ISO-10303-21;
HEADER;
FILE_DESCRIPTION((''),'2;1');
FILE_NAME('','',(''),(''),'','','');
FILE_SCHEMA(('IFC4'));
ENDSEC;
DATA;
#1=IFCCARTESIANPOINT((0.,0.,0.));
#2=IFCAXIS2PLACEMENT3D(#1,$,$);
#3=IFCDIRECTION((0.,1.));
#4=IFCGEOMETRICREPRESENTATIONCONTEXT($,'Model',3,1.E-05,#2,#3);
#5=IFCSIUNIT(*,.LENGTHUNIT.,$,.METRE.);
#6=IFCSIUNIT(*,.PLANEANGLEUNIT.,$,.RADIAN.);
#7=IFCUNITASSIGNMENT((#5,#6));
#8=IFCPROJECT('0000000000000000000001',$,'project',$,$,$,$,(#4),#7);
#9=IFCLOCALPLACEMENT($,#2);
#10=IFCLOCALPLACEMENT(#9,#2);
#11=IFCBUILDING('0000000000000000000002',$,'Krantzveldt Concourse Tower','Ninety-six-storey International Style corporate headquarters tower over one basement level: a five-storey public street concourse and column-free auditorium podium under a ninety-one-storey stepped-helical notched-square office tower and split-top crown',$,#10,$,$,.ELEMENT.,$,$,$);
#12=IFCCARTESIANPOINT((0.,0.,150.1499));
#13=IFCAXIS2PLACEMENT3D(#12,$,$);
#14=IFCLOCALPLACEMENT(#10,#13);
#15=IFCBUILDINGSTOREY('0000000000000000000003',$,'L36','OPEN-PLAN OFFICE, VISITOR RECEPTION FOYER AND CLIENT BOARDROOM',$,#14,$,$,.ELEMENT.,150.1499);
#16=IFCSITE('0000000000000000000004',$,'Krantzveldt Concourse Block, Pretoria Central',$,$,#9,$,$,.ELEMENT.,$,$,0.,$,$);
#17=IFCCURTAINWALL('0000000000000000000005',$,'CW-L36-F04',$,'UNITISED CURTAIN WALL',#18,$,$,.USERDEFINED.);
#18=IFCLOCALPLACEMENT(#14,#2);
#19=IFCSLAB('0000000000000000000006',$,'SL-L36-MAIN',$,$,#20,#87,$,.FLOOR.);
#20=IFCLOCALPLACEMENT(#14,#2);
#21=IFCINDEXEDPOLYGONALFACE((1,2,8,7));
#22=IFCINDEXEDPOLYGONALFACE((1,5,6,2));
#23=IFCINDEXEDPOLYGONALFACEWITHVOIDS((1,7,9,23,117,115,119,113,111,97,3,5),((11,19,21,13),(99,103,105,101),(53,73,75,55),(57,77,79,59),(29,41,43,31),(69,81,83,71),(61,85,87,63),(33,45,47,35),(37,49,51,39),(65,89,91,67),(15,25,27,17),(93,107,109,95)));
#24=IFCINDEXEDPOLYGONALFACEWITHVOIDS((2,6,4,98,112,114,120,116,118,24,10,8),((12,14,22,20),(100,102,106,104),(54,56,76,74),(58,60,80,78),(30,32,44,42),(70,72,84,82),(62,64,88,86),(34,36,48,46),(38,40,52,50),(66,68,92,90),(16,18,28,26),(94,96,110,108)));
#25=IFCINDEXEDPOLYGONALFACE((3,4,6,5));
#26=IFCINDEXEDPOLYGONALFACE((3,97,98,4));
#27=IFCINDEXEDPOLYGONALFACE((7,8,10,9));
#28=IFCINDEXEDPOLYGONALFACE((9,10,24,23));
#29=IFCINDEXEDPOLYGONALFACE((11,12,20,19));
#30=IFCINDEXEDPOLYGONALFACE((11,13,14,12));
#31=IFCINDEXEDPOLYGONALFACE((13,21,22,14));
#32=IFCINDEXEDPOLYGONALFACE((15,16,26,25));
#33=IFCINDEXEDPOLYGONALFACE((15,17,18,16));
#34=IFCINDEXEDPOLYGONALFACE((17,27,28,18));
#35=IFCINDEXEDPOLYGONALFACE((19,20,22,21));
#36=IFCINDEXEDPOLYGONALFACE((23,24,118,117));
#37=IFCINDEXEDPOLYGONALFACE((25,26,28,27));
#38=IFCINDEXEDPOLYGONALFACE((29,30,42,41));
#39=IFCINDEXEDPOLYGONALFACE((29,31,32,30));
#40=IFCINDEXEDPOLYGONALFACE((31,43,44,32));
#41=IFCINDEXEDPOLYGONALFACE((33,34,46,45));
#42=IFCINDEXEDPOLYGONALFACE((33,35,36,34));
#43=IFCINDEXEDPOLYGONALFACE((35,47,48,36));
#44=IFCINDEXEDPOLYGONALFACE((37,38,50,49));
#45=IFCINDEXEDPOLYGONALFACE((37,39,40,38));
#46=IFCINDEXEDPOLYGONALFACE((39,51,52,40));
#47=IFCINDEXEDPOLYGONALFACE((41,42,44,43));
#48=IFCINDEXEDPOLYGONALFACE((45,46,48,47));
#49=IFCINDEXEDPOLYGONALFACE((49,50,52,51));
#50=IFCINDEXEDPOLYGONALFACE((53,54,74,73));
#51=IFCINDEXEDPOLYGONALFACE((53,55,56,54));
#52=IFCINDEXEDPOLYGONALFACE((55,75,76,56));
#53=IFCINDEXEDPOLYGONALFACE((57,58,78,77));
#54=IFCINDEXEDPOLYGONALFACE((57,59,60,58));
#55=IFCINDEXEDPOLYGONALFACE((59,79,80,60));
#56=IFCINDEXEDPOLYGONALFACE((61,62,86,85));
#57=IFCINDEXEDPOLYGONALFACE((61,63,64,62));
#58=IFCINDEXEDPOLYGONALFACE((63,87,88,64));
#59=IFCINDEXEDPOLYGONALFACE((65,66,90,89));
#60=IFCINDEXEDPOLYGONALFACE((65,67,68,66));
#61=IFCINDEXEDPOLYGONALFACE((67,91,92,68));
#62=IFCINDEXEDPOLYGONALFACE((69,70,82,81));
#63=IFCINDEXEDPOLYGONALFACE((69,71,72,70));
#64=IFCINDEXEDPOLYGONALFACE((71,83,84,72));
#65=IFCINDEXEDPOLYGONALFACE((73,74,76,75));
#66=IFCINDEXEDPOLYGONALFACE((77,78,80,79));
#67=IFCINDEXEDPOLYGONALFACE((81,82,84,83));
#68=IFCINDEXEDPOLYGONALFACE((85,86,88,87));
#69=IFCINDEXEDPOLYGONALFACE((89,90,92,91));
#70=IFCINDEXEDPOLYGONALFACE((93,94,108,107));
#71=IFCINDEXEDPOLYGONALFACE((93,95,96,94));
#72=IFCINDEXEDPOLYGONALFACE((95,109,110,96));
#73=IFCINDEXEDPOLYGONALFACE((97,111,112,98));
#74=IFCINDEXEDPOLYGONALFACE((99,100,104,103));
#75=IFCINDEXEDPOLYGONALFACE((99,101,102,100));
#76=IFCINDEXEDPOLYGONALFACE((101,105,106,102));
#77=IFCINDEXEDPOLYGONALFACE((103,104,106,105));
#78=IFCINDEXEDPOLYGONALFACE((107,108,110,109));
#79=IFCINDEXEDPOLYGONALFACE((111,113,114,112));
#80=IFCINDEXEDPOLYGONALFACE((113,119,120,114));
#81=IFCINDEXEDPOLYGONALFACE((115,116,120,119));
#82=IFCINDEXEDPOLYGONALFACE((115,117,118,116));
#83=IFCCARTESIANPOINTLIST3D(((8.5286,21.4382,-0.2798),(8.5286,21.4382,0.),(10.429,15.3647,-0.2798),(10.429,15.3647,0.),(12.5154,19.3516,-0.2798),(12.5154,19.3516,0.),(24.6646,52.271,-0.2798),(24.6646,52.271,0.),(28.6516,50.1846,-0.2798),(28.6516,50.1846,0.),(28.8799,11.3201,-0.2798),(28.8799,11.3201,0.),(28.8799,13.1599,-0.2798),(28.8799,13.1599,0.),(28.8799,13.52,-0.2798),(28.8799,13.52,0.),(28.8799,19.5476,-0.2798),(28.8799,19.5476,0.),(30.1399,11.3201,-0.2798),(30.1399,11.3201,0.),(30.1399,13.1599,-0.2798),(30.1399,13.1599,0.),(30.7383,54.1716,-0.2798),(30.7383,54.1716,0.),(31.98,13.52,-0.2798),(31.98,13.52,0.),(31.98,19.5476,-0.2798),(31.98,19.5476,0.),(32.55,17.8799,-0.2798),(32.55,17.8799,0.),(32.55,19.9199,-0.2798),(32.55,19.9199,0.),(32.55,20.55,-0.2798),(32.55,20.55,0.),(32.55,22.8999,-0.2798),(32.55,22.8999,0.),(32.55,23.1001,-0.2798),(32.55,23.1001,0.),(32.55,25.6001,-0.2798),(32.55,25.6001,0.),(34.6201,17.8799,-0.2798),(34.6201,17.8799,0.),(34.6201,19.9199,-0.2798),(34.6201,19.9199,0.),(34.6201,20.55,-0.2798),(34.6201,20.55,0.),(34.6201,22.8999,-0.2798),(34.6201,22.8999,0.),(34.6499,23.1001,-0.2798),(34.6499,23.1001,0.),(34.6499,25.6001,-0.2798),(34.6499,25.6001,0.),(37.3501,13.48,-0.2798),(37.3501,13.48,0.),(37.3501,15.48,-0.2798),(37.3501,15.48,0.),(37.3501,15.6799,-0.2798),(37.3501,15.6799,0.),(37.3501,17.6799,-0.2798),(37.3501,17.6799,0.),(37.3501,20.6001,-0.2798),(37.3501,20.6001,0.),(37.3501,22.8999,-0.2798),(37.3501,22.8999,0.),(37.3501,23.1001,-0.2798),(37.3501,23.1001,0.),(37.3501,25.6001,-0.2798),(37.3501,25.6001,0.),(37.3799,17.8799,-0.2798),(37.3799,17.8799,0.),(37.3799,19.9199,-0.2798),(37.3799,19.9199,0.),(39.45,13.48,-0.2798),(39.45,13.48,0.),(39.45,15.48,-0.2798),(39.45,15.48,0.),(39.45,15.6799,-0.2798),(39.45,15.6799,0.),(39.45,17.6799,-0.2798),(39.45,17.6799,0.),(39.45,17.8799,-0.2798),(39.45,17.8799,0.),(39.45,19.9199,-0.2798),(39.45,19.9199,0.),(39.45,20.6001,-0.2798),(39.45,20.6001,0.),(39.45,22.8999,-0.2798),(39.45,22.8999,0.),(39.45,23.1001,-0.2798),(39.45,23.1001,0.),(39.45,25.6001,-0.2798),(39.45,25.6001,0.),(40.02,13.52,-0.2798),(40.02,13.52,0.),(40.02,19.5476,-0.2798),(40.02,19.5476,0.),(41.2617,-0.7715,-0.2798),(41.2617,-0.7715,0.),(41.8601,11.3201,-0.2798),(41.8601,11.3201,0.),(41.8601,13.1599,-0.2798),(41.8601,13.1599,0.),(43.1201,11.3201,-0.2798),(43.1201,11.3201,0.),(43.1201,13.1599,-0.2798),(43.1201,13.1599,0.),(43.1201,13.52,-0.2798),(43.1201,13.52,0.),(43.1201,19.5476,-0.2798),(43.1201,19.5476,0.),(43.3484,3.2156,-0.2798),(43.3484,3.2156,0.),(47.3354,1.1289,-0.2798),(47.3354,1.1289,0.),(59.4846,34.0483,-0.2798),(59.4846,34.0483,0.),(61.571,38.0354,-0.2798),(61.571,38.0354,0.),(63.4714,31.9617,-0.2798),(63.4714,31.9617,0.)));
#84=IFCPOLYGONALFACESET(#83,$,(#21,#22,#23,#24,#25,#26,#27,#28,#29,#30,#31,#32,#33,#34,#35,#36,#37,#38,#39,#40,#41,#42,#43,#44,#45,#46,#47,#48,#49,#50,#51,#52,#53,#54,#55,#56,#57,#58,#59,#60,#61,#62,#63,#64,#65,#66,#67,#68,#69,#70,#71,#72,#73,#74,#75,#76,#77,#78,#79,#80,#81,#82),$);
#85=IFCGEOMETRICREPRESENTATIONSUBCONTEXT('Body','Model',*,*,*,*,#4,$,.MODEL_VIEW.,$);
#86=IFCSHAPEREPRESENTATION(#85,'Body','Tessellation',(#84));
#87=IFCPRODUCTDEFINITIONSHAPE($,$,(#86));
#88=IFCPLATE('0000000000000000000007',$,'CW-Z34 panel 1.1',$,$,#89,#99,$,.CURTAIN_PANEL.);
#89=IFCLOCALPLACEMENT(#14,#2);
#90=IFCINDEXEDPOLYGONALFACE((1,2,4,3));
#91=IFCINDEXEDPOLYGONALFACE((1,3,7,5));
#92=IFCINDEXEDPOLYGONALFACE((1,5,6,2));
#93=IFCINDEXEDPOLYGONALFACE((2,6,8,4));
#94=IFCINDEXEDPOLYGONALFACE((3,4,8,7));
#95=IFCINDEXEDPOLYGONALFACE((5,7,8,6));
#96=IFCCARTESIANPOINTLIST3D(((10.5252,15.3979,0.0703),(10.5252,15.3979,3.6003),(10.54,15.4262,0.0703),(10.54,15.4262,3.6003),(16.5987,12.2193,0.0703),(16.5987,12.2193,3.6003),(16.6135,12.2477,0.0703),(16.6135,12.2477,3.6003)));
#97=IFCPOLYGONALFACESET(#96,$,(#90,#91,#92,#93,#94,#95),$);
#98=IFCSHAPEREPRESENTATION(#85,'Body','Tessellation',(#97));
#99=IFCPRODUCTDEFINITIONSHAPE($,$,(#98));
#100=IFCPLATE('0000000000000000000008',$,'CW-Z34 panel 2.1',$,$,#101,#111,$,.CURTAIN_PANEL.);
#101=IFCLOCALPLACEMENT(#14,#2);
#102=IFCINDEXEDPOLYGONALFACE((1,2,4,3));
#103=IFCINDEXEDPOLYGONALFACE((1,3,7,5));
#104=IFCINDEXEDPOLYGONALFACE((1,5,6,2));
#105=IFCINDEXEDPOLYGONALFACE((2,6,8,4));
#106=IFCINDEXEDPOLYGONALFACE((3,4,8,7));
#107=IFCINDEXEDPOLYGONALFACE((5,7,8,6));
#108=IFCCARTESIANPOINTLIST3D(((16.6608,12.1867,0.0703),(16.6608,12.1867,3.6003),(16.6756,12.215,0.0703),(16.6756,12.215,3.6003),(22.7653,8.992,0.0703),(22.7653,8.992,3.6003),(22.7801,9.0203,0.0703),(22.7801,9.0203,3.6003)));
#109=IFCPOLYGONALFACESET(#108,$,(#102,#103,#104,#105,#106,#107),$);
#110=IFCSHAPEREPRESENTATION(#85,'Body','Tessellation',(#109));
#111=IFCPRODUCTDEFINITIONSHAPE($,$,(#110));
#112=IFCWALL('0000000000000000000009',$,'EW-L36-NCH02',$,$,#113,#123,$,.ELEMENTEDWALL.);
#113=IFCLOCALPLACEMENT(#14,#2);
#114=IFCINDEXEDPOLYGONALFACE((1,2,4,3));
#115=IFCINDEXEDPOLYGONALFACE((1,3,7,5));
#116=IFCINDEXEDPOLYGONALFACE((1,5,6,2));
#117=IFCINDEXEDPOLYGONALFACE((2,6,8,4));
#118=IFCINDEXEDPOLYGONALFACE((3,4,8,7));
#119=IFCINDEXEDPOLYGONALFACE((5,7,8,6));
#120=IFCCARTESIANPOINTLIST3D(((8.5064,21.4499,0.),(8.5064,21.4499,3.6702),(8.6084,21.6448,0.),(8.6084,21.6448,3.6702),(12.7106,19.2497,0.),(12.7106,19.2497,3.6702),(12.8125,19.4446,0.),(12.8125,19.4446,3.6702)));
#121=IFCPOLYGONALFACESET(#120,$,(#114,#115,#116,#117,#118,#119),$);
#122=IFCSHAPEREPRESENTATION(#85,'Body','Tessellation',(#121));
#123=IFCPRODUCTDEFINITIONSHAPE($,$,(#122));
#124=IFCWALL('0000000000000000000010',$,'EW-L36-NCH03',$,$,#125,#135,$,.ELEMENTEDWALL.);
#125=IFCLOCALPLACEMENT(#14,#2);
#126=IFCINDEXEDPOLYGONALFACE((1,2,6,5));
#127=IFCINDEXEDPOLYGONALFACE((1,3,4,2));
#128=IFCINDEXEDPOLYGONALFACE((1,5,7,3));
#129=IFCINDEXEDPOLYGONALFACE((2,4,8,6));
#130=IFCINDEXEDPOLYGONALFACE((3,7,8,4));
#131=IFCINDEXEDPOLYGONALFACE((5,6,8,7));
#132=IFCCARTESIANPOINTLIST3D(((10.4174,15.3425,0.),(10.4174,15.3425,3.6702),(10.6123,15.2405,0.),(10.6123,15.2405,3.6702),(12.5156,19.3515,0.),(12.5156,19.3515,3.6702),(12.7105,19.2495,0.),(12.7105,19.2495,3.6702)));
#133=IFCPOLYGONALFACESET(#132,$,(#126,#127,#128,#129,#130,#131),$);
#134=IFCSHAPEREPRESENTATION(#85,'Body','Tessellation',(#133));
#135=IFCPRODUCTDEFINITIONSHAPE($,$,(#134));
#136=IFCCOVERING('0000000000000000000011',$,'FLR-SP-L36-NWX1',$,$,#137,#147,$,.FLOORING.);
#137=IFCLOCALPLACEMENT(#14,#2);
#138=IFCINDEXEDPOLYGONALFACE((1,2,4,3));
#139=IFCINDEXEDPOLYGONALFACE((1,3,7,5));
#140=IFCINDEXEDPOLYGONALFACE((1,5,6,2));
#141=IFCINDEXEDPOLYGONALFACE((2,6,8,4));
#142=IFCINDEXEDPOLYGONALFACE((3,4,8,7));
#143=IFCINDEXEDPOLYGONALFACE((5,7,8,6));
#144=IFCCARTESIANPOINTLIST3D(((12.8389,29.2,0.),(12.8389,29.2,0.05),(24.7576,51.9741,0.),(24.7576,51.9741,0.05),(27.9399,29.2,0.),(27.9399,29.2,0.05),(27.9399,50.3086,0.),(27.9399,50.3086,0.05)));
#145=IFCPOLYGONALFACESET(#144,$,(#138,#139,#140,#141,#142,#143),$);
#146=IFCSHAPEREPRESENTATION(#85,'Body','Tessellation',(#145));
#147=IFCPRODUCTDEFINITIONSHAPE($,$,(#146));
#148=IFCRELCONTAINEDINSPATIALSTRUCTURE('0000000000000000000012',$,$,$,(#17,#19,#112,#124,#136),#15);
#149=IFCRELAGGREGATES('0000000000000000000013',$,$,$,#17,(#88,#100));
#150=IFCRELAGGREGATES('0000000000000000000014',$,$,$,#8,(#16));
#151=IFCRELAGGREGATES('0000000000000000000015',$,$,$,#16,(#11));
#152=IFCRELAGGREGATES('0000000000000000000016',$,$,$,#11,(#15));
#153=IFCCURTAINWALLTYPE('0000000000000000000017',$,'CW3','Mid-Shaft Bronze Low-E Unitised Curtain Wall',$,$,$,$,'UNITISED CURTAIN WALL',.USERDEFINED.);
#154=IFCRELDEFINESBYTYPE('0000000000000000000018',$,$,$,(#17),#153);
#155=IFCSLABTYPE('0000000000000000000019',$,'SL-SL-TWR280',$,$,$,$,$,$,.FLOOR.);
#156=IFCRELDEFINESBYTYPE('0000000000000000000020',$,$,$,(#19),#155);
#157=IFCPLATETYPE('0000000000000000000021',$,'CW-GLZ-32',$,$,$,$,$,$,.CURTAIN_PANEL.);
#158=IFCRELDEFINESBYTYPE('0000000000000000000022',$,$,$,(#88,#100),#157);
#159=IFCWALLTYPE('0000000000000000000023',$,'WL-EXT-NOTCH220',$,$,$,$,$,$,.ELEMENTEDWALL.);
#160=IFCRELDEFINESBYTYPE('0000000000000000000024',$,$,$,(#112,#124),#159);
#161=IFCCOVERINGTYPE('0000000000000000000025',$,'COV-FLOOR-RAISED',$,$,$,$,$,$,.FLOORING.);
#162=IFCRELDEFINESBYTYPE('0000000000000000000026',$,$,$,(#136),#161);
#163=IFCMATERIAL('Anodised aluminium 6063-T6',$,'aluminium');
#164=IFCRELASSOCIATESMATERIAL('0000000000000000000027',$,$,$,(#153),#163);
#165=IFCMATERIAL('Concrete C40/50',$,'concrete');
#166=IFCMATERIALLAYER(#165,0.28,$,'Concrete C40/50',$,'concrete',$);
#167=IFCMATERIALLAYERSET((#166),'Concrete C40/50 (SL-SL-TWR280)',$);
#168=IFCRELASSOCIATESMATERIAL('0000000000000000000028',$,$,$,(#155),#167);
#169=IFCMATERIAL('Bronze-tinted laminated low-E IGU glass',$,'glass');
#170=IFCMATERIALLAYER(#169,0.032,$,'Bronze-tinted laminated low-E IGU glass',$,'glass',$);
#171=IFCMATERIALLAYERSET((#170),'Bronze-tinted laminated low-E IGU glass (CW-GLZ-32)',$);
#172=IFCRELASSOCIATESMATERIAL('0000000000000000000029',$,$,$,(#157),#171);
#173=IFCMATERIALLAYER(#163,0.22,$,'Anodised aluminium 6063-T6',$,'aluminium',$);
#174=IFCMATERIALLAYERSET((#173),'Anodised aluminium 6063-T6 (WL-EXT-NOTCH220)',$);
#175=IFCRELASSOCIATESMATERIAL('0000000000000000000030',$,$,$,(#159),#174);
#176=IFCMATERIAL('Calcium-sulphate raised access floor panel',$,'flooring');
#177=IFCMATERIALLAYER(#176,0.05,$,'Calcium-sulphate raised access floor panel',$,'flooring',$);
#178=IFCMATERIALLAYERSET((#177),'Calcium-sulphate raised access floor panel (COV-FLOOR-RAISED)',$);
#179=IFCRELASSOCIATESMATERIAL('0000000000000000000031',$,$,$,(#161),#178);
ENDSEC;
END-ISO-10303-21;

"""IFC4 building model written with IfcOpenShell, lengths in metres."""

from ifc_helpers import new_model, si_unit, direction, frame, frame_2d, origin, origin_2d, place, context, subcontext, project, spatial, polyline, rectangle, outline, extrude, source, transform, mapped, material, layer, layer_set, type_object, type_shapes, element, aggregate, save


model = new_model("IFC4")

# Units and contexts
model_context = context("Model", 3, precision=1e-05, world=origin(), true_north=direction((0.0, 1.0)))
body_context = subcontext(model_context, "Body", "Model", "MODEL_VIEW")
ifc_project = project(units=[si_unit("LENGTHUNIT", "METRE"), si_unit("PLANEANGLEUNIT", "RADIAN")], contexts=[model_context])

# Site, building, storey
site_placement = place(None, origin())
site = spatial("IfcSite", under=ifc_project, at=site_placement, Name="Krantzveldt Concourse Block, Pretoria Central", CompositionType="ELEMENT", RefElevation=0.0)
building_placement = place(site_placement, origin())
building = spatial("IfcBuilding", under=site, at=building_placement, Name="Krantzveldt Concourse Tower", Description="Ninety-six-storey International Style corporate headquarters tower over one basement level: a five-storey public street concourse and column-free auditorium podium under a ninety-one-storey stepped-helical notched-square office tower and split-top crown", CompositionType="ELEMENT")
storey_placement = place(building_placement, frame((0.0, 0.0, 150.1499)))
storey = spatial("IfcBuildingStorey", under=building, at=storey_placement, Name="L36", Description="OPEN-PLAN OFFICE, VISITOR RECEPTION FOYER AND CLIENT BOARDROOM", CompositionType="ELEMENT", Elevation=150.1499)

# Shared definitions
ifc_material_1 = material(Name="Anodised aluminium 6063-T6", Category="aluminium")
curtain_wall_type = type_object("IfcCurtainWallType", Name="CW3", Description="Mid-Shaft Bronze Low-E Unitised Curtain Wall", ElementType="UNITISED CURTAIN WALL", PredefinedType="USERDEFINED", material=ifc_material_1)

# Curtain wall
curtain_wall_1_placement = place(storey_placement, origin())
curtain_wall_1 = element("IfcCurtainWall", 1, at=curtain_wall_1_placement, inside=storey, type_object=curtain_wall_type, Name="CW-L36-F04", ObjectType="UNITISED CURTAIN WALL", PredefinedType="USERDEFINED")

# Slab
ifc_material_2 = material(Name="Concrete C40/50", Category="concrete")
ifc_layer_1 = layer(ifc_material_2, 0.28, Name="Concrete C40/50", Category="concrete")
ifc_layer_set_1 = layer_set([ifc_layer_1], Name="Concrete C40/50 (SL-SL-TWR280)")
slab_type_1 = type_object("IfcSlabType", Name="SL-SL-TWR280", PredefinedType="FLOOR", material=ifc_layer_set_1)
slab_1_placement = place(storey_placement, frame((0.0, 0.0, -0.2798)))
element("IfcSlab", 2, at=slab_1_placement, inside=storey, type_object=slab_type_1, Name="SL-L36-MAIN", PredefinedType="FLOOR", context=body_context, shape_type="SweptSolid", body=[
    extrude(outline(polyline([(28.6516, 50.1846), (24.6646, 52.271), (8.5286, 21.4382), (12.5154, 19.3516), (10.429, 15.3647), (41.2617, -0.7715), (43.3484, 3.2156), (47.3354, 1.1289), (63.4714, 31.9617), (59.4846, 34.0483), (61.571, 38.0354), (30.7383, 54.1716), (28.6516, 50.1846)]), holes=[polyline([(28.8799, 19.5476), (28.8799, 13.52), (31.98, 13.52), (31.98, 19.5476), (28.8799, 19.5476)]), polyline([(40.02, 19.5476), (40.02, 13.52), (43.1201, 13.52), (43.1201, 19.5476), (40.02, 19.5476)]), polyline([(32.55, 23.1001), (34.6499, 23.1001), (34.6499, 25.6001), (32.55, 25.6001), (32.55, 23.1001)]), polyline([(37.3501, 23.1001), (39.45, 23.1001), (39.45, 25.6001), (37.3501, 25.6001), (37.3501, 23.1001)]), polyline([(37.3501, 20.6001), (39.45, 20.6001), (39.45, 22.8999), (37.3501, 22.8999), (37.3501, 20.6001)]), polyline([(37.3501, 13.48), (39.45, 13.48), (39.45, 15.48), (37.3501, 15.48), (37.3501, 13.48)]), polyline([(37.3501, 15.6799), (39.45, 15.6799), (39.45, 17.6799), (37.3501, 17.6799), (37.3501, 15.6799)]), polyline([(32.55, 20.55), (34.6201, 20.55), (34.6201, 22.8999), (32.55, 22.8999), (32.55, 20.55)]), polyline([(32.55, 17.8799), (34.6201, 17.8799), (34.6201, 19.9199), (32.55, 19.9199), (32.55, 17.8799)]), polyline([(37.3799, 17.8799), (39.45, 17.8799), (39.45, 19.9199), (37.3799, 19.9199), (37.3799, 17.8799)]), polyline([(28.8799, 11.3201), (30.1399, 11.3201), (30.1399, 13.1599), (28.8799, 13.1599), (28.8799, 11.3201)]), polyline([(41.8601, 11.3201), (43.1201, 11.3201), (43.1201, 13.1599), (41.8601, 13.1599), (41.8601, 11.3201)])]), origin(), (0.0, 0.0, 1.0), 0.2798),
])

# Plates
ifc_material_3 = material(Name="Bronze-tinted laminated low-E IGU glass", Category="glass")
ifc_layer_2 = layer(ifc_material_3, 0.032, Name="Bronze-tinted laminated low-E IGU glass", Category="glass")
ifc_layer_set_2 = layer_set([ifc_layer_2], Name="Bronze-tinted laminated low-E IGU glass (CW-GLZ-32)")
plate_type = type_object("IfcPlateType", Name="CW-GLZ-32", PredefinedType="CURTAIN_PANEL", material=ifc_layer_set_2)
shared_shape_1 = source(origin(), body_context, "Body", "SweptSolid", [
    extrude(rectangle(XDim=6.855, YDim=0.032, at=origin_2d()), origin(), (0.0, 0.0, 1.0), 3.53),
])
plate_1_placement = place(storey_placement, frame((13.5693, 13.8228, 0.0703), z_axis=(0.0, 0.0, 1.0), x_axis=(0.886001, -0.463683, 0.0)))
plate_1 = element("IfcPlate", 3, at=plate_1_placement, type_object=plate_type, Name="CW-Z34 panel 1.1", PredefinedType="CURTAIN_PANEL", context=body_context, shape_type="MappedRepresentation", body=[
    mapped(shared_shape_1, transform((0.0, 0.0, 0.0), x_axis=(1.0, 0.0, 0.0), y_axis=(0.0, 1.0, 0.0), z_axis=(0.0, 0.0, 1.0), scale=1.0)),
])
shared_shape_2 = source(origin(), body_context, "Body", "SweptSolid", [
    extrude(rectangle(XDim=6.8899, YDim=0.032, at=origin_2d()), origin(), (0.0, 0.0, 1.0), 3.53),
])
type_shapes(plate_type, [shared_shape_1, shared_shape_2])
plate_2_placement = place(storey_placement, frame((19.7205, 10.6035, 0.0703), z_axis=(0.0, 0.0, 1.0), x_axis=(0.886001, -0.463683, 0.0)))
plate_2 = element("IfcPlate", 4, at=plate_2_placement, type_object=plate_type, Name="CW-Z34 panel 2.1", PredefinedType="CURTAIN_PANEL", context=body_context, shape_type="MappedRepresentation", body=[
    mapped(shared_shape_2, transform((0.0, 0.0, 0.0), x_axis=(1.0, 0.0, 0.0), y_axis=(0.0, 1.0, 0.0), z_axis=(0.0, 0.0, 1.0), scale=1.0)),
])
aggregate(curtain_wall_1, [plate_1, plate_2])

# Walls
ifc_layer_3 = layer(ifc_material_1, 0.22, Name="Anodised aluminium 6063-T6", Category="aluminium")
ifc_layer_set_3 = layer_set([ifc_layer_3], Name="Anodised aluminium 6063-T6 (WL-EXT-NOTCH220)")
wall_type = type_object("IfcWallType", Name="WL-EXT-NOTCH220", PredefinedType="ELEMENTEDWALL", material=ifc_layer_set_3)
wall_1_placement = place(storey_placement, frame((8.5574, 21.5474, 0.0), z_axis=(0.0, 0.0, 1.0), x_axis=(0.886001, -0.463684, 0.0)))
element("IfcWall", 5, at=wall_1_placement, inside=storey, type_object=wall_type, Name="EW-L36-NCH02", PredefinedType="ELEMENTEDWALL", context=body_context, shape_type="SweptSolid", body=[
    extrude(rectangle(XDim=4.7451, YDim=0.22, at=frame_2d((2.3726, 0.0))), origin(), (0.0, 0.0, 1.0), 3.6702),
])
wall_2_placement = place(storey_placement, frame((12.613, 19.3005, 0.0), z_axis=(0.0, 0.0, 1.0), x_axis=(-0.46369, -0.885997, 0.0)))
element("IfcWall", 6, at=wall_2_placement, inside=storey, type_object=wall_type, Name="EW-L36-NCH03", PredefinedType="ELEMENTEDWALL", context=body_context, shape_type="SweptSolid", body=[
    extrude(rectangle(XDim=4.5249, YDim=0.22, at=frame_2d((2.2625, 0.0))), origin(), (0.0, 0.0, 1.0), 3.6702),
])

# Covering
ifc_material_4 = material(Name="Calcium-sulphate raised access floor panel", Category="flooring")
ifc_layer_4 = layer(ifc_material_4, 0.05, Name="Calcium-sulphate raised access floor panel", Category="flooring")
ifc_layer_set_4 = layer_set([ifc_layer_4], Name="Calcium-sulphate raised access floor panel (COV-FLOOR-RAISED)")
covering_type = type_object("IfcCoveringType", Name="COV-FLOOR-RAISED", PredefinedType="FLOORING", material=ifc_layer_set_4)
covering_1_placement = place(storey_placement, origin())
element("IfcCovering", 7, at=covering_1_placement, inside=storey, type_object=covering_type, Name="FLR-SP-L36-NWX1", PredefinedType="FLOORING", context=body_context, shape_type="SweptSolid", body=[
    extrude(outline(polyline([(12.8389, 29.2), (24.7576, 51.9741), (27.9399, 50.3086), (27.9399, 29.2), (12.8389, 29.2)])), origin(), (0.0, 0.0, 1.0), 0.05),
])

save(model, "model.ifc")
